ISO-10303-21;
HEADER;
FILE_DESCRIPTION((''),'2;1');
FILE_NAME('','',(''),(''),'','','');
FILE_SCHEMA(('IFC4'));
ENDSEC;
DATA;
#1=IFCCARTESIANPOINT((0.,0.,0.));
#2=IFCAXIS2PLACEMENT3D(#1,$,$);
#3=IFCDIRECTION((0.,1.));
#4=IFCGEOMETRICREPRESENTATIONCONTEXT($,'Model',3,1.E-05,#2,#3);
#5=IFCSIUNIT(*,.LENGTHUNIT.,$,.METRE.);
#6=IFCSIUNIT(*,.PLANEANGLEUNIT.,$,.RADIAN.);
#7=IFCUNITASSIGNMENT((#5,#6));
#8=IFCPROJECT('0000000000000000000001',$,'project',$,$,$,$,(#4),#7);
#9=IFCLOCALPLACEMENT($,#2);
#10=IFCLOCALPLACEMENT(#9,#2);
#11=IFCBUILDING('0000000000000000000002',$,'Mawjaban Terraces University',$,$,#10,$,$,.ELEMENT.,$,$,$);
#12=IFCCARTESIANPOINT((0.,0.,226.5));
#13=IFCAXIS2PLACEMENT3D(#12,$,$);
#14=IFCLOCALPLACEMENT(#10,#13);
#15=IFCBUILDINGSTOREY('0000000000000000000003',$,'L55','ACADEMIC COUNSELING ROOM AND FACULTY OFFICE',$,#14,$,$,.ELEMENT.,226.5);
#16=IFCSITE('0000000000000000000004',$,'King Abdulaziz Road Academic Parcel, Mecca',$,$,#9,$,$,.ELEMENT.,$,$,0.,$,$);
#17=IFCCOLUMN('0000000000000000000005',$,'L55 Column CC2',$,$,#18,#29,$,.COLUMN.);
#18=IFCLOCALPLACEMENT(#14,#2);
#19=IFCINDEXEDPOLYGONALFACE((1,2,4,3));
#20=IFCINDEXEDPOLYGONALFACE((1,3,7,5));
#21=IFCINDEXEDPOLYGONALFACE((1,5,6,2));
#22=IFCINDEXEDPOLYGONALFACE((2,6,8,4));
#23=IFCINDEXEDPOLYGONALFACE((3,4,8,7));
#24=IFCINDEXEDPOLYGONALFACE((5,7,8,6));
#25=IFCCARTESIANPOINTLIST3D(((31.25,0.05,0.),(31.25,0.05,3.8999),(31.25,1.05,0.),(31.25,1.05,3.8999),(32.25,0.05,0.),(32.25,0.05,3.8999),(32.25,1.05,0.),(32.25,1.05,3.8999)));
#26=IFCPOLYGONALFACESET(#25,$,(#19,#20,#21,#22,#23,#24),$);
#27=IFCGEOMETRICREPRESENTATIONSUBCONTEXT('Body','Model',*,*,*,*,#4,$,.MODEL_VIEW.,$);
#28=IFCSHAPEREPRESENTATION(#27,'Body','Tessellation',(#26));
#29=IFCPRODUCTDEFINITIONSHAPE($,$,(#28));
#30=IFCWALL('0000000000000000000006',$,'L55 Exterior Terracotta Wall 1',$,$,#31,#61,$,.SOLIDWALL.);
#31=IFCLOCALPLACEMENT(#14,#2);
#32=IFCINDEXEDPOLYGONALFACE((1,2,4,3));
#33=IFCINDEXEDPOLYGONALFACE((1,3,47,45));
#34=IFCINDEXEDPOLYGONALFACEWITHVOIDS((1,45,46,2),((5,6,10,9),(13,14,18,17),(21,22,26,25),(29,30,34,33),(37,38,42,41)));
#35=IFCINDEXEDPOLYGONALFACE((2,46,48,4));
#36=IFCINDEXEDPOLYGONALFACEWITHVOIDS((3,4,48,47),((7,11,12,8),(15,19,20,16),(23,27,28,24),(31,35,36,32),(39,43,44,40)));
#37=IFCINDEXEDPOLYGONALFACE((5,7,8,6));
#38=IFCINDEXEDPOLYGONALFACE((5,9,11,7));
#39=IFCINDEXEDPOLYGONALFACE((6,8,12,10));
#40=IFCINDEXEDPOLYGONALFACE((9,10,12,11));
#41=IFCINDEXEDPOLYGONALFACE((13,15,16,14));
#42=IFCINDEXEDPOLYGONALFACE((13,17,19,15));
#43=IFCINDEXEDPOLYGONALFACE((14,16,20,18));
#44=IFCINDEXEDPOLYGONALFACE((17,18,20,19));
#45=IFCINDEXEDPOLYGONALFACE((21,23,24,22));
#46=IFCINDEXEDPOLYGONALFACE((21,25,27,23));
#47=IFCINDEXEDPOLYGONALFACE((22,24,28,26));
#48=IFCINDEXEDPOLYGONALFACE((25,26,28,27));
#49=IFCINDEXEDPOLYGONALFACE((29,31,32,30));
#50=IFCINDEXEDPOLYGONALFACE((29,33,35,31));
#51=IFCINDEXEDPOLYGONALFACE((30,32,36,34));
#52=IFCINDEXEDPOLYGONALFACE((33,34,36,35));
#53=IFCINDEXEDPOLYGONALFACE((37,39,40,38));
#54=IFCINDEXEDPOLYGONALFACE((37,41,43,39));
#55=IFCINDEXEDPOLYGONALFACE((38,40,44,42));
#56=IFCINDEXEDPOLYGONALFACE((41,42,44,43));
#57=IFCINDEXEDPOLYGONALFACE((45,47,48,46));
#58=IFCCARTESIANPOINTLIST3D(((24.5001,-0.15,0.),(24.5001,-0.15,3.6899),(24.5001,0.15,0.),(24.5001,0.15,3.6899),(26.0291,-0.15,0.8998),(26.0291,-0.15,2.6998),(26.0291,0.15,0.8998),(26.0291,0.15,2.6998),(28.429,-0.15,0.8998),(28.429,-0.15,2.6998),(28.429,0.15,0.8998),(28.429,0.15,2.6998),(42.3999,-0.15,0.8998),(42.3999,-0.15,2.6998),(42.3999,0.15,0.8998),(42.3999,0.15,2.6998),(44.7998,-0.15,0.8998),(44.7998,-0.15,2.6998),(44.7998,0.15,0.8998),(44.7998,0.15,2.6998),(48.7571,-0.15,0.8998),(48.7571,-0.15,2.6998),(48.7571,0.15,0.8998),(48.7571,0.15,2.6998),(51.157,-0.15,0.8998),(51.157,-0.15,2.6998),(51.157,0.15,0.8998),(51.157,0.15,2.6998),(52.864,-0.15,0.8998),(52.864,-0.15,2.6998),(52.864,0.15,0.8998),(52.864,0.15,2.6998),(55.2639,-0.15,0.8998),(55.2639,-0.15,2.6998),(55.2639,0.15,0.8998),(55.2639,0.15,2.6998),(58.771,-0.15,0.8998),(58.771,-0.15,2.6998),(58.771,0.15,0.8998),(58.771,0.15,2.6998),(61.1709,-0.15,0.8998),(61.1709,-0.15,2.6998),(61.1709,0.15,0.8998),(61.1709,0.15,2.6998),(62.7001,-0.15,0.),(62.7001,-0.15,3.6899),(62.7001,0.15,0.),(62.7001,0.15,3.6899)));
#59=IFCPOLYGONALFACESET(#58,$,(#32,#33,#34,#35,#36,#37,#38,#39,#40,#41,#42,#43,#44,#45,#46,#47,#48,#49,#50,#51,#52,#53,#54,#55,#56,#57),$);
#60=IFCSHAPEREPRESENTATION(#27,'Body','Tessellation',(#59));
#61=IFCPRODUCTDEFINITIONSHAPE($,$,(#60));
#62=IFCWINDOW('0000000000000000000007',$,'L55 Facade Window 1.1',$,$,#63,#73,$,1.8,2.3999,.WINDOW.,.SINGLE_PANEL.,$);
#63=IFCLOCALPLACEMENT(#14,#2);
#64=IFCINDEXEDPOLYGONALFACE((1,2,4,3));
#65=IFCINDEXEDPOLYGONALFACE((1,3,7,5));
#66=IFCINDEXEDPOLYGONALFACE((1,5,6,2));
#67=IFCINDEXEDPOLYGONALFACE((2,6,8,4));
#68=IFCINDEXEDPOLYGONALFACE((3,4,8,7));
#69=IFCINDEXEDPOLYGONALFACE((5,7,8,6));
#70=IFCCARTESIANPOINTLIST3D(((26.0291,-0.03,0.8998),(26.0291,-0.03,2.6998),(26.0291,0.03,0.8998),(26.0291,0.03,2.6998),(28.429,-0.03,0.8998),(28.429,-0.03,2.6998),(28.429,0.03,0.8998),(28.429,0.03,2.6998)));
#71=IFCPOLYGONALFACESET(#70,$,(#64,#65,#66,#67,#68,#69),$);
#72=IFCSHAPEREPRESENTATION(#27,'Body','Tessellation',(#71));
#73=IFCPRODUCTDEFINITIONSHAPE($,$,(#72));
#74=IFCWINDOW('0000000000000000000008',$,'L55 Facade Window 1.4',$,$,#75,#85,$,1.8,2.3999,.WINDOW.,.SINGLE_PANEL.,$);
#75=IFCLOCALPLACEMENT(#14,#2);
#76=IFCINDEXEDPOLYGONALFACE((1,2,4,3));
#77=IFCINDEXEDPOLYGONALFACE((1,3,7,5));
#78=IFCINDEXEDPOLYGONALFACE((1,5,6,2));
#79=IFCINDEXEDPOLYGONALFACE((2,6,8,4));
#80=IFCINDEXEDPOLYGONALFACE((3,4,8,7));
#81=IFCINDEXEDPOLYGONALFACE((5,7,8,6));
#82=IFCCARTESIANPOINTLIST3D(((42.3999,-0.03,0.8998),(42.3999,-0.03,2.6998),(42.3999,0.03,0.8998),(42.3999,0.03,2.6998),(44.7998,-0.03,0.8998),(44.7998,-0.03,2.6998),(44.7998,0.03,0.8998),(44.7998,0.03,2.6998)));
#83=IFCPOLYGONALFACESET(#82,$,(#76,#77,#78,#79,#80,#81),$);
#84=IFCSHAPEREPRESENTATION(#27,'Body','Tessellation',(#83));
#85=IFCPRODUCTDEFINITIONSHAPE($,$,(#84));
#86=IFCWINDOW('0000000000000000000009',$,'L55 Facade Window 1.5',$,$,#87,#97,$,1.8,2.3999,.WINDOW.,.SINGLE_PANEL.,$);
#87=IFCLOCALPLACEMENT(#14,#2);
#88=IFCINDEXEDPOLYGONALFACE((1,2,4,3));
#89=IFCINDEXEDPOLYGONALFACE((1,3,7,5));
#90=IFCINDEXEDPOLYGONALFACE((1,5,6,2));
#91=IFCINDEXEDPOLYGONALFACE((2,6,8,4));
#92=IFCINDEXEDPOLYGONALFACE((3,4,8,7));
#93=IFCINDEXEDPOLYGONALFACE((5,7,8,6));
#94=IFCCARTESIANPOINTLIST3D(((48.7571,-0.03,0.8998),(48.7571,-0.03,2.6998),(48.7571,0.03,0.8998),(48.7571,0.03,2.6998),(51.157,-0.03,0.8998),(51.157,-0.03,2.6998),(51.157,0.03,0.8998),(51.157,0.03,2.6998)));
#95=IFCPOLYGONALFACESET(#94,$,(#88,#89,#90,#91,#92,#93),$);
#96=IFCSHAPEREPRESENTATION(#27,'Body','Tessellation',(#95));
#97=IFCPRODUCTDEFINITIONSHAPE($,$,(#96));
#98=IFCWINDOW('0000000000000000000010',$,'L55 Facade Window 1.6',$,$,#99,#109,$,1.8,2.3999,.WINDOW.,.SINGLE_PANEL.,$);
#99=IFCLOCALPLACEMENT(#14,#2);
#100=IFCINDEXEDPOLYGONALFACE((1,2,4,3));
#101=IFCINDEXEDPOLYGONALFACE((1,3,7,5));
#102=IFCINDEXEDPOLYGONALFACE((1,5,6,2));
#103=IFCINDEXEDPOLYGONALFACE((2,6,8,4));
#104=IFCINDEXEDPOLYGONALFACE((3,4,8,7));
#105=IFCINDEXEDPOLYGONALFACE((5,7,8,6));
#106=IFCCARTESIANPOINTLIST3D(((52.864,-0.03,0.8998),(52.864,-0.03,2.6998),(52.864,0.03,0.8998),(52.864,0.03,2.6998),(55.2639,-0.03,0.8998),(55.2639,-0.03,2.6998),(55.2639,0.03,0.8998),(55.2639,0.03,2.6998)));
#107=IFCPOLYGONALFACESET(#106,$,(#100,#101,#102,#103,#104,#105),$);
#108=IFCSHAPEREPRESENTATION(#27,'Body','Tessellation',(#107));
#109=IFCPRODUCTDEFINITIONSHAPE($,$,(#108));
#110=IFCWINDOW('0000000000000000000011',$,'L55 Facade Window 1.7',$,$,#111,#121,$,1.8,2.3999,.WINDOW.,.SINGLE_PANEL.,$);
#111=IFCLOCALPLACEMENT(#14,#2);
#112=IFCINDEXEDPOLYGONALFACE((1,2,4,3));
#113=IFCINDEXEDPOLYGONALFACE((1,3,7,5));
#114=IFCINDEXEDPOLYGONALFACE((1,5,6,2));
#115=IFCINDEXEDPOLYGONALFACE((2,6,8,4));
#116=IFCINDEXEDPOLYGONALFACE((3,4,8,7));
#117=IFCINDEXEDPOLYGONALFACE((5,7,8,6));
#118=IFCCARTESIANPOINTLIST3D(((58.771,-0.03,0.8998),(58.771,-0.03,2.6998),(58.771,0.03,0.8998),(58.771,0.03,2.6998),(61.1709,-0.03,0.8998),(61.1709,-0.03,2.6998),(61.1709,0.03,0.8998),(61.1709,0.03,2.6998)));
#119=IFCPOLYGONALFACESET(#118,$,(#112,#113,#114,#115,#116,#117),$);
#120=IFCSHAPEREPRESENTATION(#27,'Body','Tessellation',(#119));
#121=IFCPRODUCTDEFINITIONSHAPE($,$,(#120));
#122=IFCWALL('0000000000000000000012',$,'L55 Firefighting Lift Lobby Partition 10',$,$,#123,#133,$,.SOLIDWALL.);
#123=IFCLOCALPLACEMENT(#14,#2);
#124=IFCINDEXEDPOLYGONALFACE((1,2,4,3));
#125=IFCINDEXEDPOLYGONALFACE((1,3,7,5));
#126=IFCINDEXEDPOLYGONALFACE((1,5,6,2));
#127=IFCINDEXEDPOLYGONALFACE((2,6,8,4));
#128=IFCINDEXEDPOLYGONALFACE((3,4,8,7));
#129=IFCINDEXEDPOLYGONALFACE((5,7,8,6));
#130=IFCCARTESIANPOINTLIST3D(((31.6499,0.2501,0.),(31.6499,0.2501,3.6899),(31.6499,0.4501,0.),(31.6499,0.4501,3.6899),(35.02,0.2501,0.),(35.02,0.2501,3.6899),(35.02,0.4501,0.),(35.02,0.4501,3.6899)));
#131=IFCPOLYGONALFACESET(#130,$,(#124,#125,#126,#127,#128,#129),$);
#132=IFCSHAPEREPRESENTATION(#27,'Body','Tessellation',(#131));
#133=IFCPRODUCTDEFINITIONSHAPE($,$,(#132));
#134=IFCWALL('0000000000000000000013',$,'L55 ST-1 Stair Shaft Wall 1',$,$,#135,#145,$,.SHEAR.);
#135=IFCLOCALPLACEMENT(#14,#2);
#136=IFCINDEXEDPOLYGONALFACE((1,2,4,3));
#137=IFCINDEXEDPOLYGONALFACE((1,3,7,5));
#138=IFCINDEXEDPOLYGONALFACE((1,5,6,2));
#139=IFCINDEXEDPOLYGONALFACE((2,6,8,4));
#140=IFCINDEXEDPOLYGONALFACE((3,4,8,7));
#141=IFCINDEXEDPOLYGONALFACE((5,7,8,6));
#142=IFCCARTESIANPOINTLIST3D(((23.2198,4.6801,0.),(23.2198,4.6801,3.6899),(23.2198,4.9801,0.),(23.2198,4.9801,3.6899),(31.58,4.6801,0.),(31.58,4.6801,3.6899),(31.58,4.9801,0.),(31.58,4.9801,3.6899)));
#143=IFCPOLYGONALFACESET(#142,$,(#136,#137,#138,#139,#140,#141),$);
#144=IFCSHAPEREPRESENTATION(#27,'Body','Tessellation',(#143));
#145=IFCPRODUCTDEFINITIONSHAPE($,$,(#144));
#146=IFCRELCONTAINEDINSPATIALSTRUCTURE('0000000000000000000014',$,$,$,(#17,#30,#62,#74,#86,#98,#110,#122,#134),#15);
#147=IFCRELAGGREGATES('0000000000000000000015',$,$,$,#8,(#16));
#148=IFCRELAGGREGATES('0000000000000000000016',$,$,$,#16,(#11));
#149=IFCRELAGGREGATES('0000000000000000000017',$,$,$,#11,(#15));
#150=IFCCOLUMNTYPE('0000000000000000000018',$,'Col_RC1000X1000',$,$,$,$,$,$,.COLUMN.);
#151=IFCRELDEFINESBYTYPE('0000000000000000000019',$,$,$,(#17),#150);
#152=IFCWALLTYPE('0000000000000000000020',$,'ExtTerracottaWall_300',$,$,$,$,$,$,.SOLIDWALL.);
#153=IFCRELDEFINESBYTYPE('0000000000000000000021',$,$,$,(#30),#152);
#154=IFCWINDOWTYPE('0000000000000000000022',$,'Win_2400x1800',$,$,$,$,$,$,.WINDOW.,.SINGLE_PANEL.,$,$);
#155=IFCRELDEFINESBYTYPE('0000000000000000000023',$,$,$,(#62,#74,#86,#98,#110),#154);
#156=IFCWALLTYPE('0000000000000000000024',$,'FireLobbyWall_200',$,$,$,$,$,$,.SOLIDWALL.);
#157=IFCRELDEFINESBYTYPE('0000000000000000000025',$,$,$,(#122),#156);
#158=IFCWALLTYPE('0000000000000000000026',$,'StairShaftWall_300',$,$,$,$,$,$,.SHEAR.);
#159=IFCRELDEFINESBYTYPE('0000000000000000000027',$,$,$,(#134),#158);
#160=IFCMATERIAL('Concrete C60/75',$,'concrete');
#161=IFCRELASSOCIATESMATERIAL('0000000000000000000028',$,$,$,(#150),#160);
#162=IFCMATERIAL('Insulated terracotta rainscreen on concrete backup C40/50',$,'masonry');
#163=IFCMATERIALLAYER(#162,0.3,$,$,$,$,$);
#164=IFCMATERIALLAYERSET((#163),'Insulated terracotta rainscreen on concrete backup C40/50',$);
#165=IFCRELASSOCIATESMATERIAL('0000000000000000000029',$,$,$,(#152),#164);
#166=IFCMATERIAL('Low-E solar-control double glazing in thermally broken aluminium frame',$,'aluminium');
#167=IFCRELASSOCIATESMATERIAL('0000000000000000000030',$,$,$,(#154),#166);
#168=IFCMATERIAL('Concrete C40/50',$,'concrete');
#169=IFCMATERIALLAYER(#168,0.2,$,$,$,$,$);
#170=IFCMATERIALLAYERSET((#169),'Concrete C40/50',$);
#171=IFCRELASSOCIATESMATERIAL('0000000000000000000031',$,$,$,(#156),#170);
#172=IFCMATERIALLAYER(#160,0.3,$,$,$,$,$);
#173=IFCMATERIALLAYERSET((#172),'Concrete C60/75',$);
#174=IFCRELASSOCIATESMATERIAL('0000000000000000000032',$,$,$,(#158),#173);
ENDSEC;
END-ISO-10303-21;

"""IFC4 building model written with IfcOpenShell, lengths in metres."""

from ifc_helpers import new_model, si_unit, direction, frame, frame_2d, origin, origin_2d, place, context, subcontext, project, spatial, rectangle, extrude, material, layer, layer_set, material_profile, profile_set, type_object, element, fill, save


model = new_model("IFC4")

# Units and contexts
model_context = context("Model", 3, precision=1e-05, world=origin(), true_north=direction((0.0, 1.0)))
body_context = subcontext(model_context, "Body", "Model", "MODEL_VIEW")
ifc_project = project(units=[si_unit("LENGTHUNIT", "METRE"), si_unit("PLANEANGLEUNIT", "RADIAN")], contexts=[model_context])

# Site, building, storey
site_placement = place(None, origin())
site = spatial("IfcSite", under=ifc_project, at=site_placement, Name="King Abdulaziz Road Academic Parcel, Mecca", CompositionType="ELEMENT", RefElevation=0.0)
building_placement = place(site_placement, origin())
building = spatial("IfcBuilding", under=site, at=building_placement, Name="Mawjaban Terraces University", CompositionType="ELEMENT")
storey_placement = place(building_placement, frame((0.0, 0.0, 226.5)))
storey = spatial("IfcBuildingStorey", under=building, at=storey_placement, Name="L55", Description="ACADEMIC COUNSELING ROOM AND FACULTY OFFICE", CompositionType="ELEMENT", Elevation=226.5)

# Column
ifc_material_1 = material(Name="Concrete C60/75", Category="concrete")
ifc_material_profile = material_profile(ifc_material_1, rectangle(XDim=1.0, YDim=1.0, at=origin_2d()), Name="RC1000X1000")
ifc_profile_set = profile_set([ifc_material_profile], Name="Concrete C60/75")
column_type = type_object("IfcColumnType", Name="Col_RC1000X1000", PredefinedType="COLUMN", material=ifc_profile_set)
column_placement = place(storey_placement, frame((31.75, 0.55, 0.0), z_axis=(0.0, 0.0, 1.0), x_axis=(1.0, 0.0, 0.0)))
element("IfcColumn", 1, at=column_placement, inside=storey, type_object=column_type, Name="L55 Column CC2", PredefinedType="COLUMN", context=body_context, shape_type="SweptSolid", body=[
    extrude(rectangle(XDim=1.0, YDim=1.0, at=origin_2d()), origin(), (0.0, 0.0, 1.0), 3.8999),
])

# Wall, openings, windows
ifc_material_2 = material(Name="Insulated terracotta rainscreen on concrete backup C40/50", Category="masonry")
ifc_layer_1 = layer(ifc_material_2, 0.3)
ifc_layer_set_1 = layer_set([ifc_layer_1], Name="Insulated terracotta rainscreen on concrete backup C40/50")
wall_type_1 = type_object("IfcWallType", Name="ExtTerracottaWall_300", PredefinedType="SOLIDWALL", material=ifc_layer_set_1)
wall_1_placement = place(storey_placement, frame((24.5, 0.0, 0.0), z_axis=(0.0, 0.0, 1.0), x_axis=(1.0, 0.0, 0.0)))
wall_1 = element("IfcWall", 2, at=wall_1_placement, inside=storey, type_object=wall_type_1, Name="L55 Exterior Terracotta Wall 1", PredefinedType="SOLIDWALL", context=body_context, shape_type="SweptSolid", body=[
    extrude(rectangle(XDim=38.2, YDim=0.3, at=frame_2d((19.1001, 0.0))), origin(), (0.0, 0.0, 1.0), 3.6899),
])
opening_1_placement = place(wall_1_placement, frame((1.5291, 0.0, 0.8999)))
opening_1 = element("IfcOpeningElement", 3, at=opening_1_placement, cuts=wall_1, PredefinedType="OPENING", context=body_context, shape_type="SweptSolid", body=[
    extrude(rectangle(XDim=2.3999, YDim=1.8, at=frame_2d((1.2, 0.8999))), frame((0.0, 0.1599, 0.0), z_axis=(0.0, -1.0, 0.0), x_axis=(1.0, 0.0, 0.0)), (0.0, 0.0, 1.0), 0.3201),
])
opening_2_placement = place(wall_1_placement, frame((17.8999, 0.0, 0.8999)))
opening_2 = element("IfcOpeningElement", 4, at=opening_2_placement, cuts=wall_1, PredefinedType="OPENING", context=body_context, shape_type="SweptSolid", body=[
    extrude(rectangle(XDim=2.3999, YDim=1.8, at=frame_2d((1.2, 0.8999))), frame((0.0, 0.1599, 0.0), z_axis=(0.0, -1.0, 0.0), x_axis=(1.0, 0.0, 0.0)), (0.0, 0.0, 1.0), 0.3201),
])
opening_3_placement = place(wall_1_placement, frame((24.2571, 0.0, 0.8999)))
opening_3 = element("IfcOpeningElement", 5, at=opening_3_placement, cuts=wall_1, PredefinedType="OPENING", context=body_context, shape_type="SweptSolid", body=[
    extrude(rectangle(XDim=2.3999, YDim=1.8, at=frame_2d((1.2, 0.8999))), frame((0.0, 0.1599, 0.0), z_axis=(0.0, -1.0, 0.0), x_axis=(1.0, 0.0, 0.0)), (0.0, 0.0, 1.0), 0.3201),
])
opening_4_placement = place(wall_1_placement, frame((28.364, 0.0, 0.8999)))
opening_4 = element("IfcOpeningElement", 6, at=opening_4_placement, cuts=wall_1, PredefinedType="OPENING", context=body_context, shape_type="SweptSolid", body=[
    extrude(rectangle(XDim=2.3999, YDim=1.8, at=frame_2d((1.2, 0.8999))), frame((0.0, 0.1599, 0.0), z_axis=(0.0, -1.0, 0.0), x_axis=(1.0, 0.0, 0.0)), (0.0, 0.0, 1.0), 0.3201),
])
opening_5_placement = place(wall_1_placement, frame((34.271, 0.0, 0.8999)))
opening_5 = element("IfcOpeningElement", 7, at=opening_5_placement, cuts=wall_1, PredefinedType="OPENING", context=body_context, shape_type="SweptSolid", body=[
    extrude(rectangle(XDim=2.3999, YDim=1.8, at=frame_2d((1.2, 0.8999))), frame((0.0, 0.1599, 0.0), z_axis=(0.0, -1.0, 0.0), x_axis=(1.0, 0.0, 0.0)), (0.0, 0.0, 1.0), 0.3201),
])
ifc_material_3 = material(Name="Low-E solar-control double glazing in thermally broken aluminium frame", Category="aluminium")
window_type = type_object("IfcWindowType", Name="Win_2400x1800", PartitioningType="SINGLE_PANEL", PredefinedType="WINDOW", material=ifc_material_3)
window_1_placement = place(opening_1_placement, origin())
window_1 = element("IfcWindow", 8, at=window_1_placement, inside=storey, type_object=window_type, Name="L55 Facade Window 1.1", OverallHeight=1.8, OverallWidth=2.3999, PartitioningType="SINGLE_PANEL", PredefinedType="WINDOW", context=body_context, shape_type="SweptSolid", body=[
    extrude(rectangle(XDim=2.3999, YDim=1.8, at=frame_2d((1.2, 0.8999))), frame((0.0, 0.03, 0.0), z_axis=(0.0, -1.0, 0.0), x_axis=(1.0, 0.0, 0.0)), (0.0, 0.0, 1.0), 0.0601),
])
fill(opening_1, window_1)
window_2_placement = place(opening_2_placement, origin())
window_2 = element("IfcWindow", 9, at=window_2_placement, inside=storey, type_object=window_type, Name="L55 Facade Window 1.4", OverallHeight=1.8, OverallWidth=2.3999, PartitioningType="SINGLE_PANEL", PredefinedType="WINDOW", context=body_context, shape_type="SweptSolid", body=[
    extrude(rectangle(XDim=2.3999, YDim=1.8, at=frame_2d((1.2, 0.8999))), frame((0.0, 0.03, 0.0), z_axis=(0.0, -1.0, 0.0), x_axis=(1.0, 0.0, 0.0)), (0.0, 0.0, 1.0), 0.0601),
])
fill(opening_2, window_2)
window_3_placement = place(opening_3_placement, origin())
window_3 = element("IfcWindow", 10, at=window_3_placement, inside=storey, type_object=window_type, Name="L55 Facade Window 1.5", OverallHeight=1.8, OverallWidth=2.3999, PartitioningType="SINGLE_PANEL", PredefinedType="WINDOW", context=body_context, shape_type="SweptSolid", body=[
    extrude(rectangle(XDim=2.3999, YDim=1.8, at=frame_2d((1.2, 0.8999))), frame((0.0, 0.03, 0.0), z_axis=(0.0, -1.0, 0.0), x_axis=(1.0, 0.0, 0.0)), (0.0, 0.0, 1.0), 0.0601),
])
fill(opening_3, window_3)
window_4_placement = place(opening_4_placement, origin())
window_4 = element("IfcWindow", 11, at=window_4_placement, inside=storey, type_object=window_type, Name="L55 Facade Window 1.6", OverallHeight=1.8, OverallWidth=2.3999, PartitioningType="SINGLE_PANEL", PredefinedType="WINDOW", context=body_context, shape_type="SweptSolid", body=[
    extrude(rectangle(XDim=2.3999, YDim=1.8, at=frame_2d((1.2, 0.8999))), frame((0.0, 0.03, 0.0), z_axis=(0.0, -1.0, 0.0), x_axis=(1.0, 0.0, 0.0)), (0.0, 0.0, 1.0), 0.0601),
])
fill(opening_4, window_4)
window_5_placement = place(opening_5_placement, origin())
window_5 = element("IfcWindow", 12, at=window_5_placement, inside=storey, type_object=window_type, Name="L55 Facade Window 1.7", OverallHeight=1.8, OverallWidth=2.3999, PartitioningType="SINGLE_PANEL", PredefinedType="WINDOW", context=body_context, shape_type="SweptSolid", body=[
    extrude(rectangle(XDim=2.3999, YDim=1.8, at=frame_2d((1.2, 0.8999))), frame((0.0, 0.03, 0.0), z_axis=(0.0, -1.0, 0.0), x_axis=(1.0, 0.0, 0.0)), (0.0, 0.0, 1.0), 0.0601),
])
fill(opening_5, window_5)

# Shared definitions
ifc_material_4 = material(Name="Concrete C40/50", Category="concrete")
ifc_layer_2 = layer(ifc_material_4, 0.2)
ifc_layer_set_2 = layer_set([ifc_layer_2], Name="Concrete C40/50")
wall_type_2 = type_object("IfcWallType", Name="FireLobbyWall_200", PredefinedType="SOLIDWALL", material=ifc_layer_set_2)

# Wall
wall_2_placement = place(storey_placement, frame((31.6499, 0.3501, 0.0), z_axis=(0.0, 0.0, 1.0), x_axis=(1.0, 0.0, 0.0)))
element("IfcWall", 13, at=wall_2_placement, inside=storey, type_object=wall_type_2, Name="L55 Firefighting Lift Lobby Partition 10", PredefinedType="SOLIDWALL", context=body_context, shape_type="SweptSolid", body=[
    extrude(rectangle(XDim=3.3701, YDim=0.2, at=frame_2d((1.6851, 0.0))), origin(), (0.0, 0.0, 1.0), 3.6899),
])

# Wall
ifc_layer_3 = layer(ifc_material_1, 0.3)
ifc_layer_set_3 = layer_set([ifc_layer_3], Name="Concrete C60/75")
wall_type_3 = type_object("IfcWallType", Name="StairShaftWall_300", PredefinedType="SHEAR", material=ifc_layer_set_3)
wall_3_placement = place(storey_placement, frame((31.5801, 4.8301, 0.0), z_axis=(0.0, 0.0, 1.0), x_axis=(-1.0, 0.0, 0.0)))
element("IfcWall", 14, at=wall_3_placement, inside=storey, type_object=wall_type_3, Name="L55 ST-1 Stair Shaft Wall 1", PredefinedType="SHEAR", context=body_context, shape_type="SweptSolid", body=[
    extrude(rectangle(XDim=8.3601, YDim=0.3, at=frame_2d((4.1802, 0.0))), origin(), (0.0, 0.0, 1.0), 3.6899),
])

save(model, "model.ifc")
